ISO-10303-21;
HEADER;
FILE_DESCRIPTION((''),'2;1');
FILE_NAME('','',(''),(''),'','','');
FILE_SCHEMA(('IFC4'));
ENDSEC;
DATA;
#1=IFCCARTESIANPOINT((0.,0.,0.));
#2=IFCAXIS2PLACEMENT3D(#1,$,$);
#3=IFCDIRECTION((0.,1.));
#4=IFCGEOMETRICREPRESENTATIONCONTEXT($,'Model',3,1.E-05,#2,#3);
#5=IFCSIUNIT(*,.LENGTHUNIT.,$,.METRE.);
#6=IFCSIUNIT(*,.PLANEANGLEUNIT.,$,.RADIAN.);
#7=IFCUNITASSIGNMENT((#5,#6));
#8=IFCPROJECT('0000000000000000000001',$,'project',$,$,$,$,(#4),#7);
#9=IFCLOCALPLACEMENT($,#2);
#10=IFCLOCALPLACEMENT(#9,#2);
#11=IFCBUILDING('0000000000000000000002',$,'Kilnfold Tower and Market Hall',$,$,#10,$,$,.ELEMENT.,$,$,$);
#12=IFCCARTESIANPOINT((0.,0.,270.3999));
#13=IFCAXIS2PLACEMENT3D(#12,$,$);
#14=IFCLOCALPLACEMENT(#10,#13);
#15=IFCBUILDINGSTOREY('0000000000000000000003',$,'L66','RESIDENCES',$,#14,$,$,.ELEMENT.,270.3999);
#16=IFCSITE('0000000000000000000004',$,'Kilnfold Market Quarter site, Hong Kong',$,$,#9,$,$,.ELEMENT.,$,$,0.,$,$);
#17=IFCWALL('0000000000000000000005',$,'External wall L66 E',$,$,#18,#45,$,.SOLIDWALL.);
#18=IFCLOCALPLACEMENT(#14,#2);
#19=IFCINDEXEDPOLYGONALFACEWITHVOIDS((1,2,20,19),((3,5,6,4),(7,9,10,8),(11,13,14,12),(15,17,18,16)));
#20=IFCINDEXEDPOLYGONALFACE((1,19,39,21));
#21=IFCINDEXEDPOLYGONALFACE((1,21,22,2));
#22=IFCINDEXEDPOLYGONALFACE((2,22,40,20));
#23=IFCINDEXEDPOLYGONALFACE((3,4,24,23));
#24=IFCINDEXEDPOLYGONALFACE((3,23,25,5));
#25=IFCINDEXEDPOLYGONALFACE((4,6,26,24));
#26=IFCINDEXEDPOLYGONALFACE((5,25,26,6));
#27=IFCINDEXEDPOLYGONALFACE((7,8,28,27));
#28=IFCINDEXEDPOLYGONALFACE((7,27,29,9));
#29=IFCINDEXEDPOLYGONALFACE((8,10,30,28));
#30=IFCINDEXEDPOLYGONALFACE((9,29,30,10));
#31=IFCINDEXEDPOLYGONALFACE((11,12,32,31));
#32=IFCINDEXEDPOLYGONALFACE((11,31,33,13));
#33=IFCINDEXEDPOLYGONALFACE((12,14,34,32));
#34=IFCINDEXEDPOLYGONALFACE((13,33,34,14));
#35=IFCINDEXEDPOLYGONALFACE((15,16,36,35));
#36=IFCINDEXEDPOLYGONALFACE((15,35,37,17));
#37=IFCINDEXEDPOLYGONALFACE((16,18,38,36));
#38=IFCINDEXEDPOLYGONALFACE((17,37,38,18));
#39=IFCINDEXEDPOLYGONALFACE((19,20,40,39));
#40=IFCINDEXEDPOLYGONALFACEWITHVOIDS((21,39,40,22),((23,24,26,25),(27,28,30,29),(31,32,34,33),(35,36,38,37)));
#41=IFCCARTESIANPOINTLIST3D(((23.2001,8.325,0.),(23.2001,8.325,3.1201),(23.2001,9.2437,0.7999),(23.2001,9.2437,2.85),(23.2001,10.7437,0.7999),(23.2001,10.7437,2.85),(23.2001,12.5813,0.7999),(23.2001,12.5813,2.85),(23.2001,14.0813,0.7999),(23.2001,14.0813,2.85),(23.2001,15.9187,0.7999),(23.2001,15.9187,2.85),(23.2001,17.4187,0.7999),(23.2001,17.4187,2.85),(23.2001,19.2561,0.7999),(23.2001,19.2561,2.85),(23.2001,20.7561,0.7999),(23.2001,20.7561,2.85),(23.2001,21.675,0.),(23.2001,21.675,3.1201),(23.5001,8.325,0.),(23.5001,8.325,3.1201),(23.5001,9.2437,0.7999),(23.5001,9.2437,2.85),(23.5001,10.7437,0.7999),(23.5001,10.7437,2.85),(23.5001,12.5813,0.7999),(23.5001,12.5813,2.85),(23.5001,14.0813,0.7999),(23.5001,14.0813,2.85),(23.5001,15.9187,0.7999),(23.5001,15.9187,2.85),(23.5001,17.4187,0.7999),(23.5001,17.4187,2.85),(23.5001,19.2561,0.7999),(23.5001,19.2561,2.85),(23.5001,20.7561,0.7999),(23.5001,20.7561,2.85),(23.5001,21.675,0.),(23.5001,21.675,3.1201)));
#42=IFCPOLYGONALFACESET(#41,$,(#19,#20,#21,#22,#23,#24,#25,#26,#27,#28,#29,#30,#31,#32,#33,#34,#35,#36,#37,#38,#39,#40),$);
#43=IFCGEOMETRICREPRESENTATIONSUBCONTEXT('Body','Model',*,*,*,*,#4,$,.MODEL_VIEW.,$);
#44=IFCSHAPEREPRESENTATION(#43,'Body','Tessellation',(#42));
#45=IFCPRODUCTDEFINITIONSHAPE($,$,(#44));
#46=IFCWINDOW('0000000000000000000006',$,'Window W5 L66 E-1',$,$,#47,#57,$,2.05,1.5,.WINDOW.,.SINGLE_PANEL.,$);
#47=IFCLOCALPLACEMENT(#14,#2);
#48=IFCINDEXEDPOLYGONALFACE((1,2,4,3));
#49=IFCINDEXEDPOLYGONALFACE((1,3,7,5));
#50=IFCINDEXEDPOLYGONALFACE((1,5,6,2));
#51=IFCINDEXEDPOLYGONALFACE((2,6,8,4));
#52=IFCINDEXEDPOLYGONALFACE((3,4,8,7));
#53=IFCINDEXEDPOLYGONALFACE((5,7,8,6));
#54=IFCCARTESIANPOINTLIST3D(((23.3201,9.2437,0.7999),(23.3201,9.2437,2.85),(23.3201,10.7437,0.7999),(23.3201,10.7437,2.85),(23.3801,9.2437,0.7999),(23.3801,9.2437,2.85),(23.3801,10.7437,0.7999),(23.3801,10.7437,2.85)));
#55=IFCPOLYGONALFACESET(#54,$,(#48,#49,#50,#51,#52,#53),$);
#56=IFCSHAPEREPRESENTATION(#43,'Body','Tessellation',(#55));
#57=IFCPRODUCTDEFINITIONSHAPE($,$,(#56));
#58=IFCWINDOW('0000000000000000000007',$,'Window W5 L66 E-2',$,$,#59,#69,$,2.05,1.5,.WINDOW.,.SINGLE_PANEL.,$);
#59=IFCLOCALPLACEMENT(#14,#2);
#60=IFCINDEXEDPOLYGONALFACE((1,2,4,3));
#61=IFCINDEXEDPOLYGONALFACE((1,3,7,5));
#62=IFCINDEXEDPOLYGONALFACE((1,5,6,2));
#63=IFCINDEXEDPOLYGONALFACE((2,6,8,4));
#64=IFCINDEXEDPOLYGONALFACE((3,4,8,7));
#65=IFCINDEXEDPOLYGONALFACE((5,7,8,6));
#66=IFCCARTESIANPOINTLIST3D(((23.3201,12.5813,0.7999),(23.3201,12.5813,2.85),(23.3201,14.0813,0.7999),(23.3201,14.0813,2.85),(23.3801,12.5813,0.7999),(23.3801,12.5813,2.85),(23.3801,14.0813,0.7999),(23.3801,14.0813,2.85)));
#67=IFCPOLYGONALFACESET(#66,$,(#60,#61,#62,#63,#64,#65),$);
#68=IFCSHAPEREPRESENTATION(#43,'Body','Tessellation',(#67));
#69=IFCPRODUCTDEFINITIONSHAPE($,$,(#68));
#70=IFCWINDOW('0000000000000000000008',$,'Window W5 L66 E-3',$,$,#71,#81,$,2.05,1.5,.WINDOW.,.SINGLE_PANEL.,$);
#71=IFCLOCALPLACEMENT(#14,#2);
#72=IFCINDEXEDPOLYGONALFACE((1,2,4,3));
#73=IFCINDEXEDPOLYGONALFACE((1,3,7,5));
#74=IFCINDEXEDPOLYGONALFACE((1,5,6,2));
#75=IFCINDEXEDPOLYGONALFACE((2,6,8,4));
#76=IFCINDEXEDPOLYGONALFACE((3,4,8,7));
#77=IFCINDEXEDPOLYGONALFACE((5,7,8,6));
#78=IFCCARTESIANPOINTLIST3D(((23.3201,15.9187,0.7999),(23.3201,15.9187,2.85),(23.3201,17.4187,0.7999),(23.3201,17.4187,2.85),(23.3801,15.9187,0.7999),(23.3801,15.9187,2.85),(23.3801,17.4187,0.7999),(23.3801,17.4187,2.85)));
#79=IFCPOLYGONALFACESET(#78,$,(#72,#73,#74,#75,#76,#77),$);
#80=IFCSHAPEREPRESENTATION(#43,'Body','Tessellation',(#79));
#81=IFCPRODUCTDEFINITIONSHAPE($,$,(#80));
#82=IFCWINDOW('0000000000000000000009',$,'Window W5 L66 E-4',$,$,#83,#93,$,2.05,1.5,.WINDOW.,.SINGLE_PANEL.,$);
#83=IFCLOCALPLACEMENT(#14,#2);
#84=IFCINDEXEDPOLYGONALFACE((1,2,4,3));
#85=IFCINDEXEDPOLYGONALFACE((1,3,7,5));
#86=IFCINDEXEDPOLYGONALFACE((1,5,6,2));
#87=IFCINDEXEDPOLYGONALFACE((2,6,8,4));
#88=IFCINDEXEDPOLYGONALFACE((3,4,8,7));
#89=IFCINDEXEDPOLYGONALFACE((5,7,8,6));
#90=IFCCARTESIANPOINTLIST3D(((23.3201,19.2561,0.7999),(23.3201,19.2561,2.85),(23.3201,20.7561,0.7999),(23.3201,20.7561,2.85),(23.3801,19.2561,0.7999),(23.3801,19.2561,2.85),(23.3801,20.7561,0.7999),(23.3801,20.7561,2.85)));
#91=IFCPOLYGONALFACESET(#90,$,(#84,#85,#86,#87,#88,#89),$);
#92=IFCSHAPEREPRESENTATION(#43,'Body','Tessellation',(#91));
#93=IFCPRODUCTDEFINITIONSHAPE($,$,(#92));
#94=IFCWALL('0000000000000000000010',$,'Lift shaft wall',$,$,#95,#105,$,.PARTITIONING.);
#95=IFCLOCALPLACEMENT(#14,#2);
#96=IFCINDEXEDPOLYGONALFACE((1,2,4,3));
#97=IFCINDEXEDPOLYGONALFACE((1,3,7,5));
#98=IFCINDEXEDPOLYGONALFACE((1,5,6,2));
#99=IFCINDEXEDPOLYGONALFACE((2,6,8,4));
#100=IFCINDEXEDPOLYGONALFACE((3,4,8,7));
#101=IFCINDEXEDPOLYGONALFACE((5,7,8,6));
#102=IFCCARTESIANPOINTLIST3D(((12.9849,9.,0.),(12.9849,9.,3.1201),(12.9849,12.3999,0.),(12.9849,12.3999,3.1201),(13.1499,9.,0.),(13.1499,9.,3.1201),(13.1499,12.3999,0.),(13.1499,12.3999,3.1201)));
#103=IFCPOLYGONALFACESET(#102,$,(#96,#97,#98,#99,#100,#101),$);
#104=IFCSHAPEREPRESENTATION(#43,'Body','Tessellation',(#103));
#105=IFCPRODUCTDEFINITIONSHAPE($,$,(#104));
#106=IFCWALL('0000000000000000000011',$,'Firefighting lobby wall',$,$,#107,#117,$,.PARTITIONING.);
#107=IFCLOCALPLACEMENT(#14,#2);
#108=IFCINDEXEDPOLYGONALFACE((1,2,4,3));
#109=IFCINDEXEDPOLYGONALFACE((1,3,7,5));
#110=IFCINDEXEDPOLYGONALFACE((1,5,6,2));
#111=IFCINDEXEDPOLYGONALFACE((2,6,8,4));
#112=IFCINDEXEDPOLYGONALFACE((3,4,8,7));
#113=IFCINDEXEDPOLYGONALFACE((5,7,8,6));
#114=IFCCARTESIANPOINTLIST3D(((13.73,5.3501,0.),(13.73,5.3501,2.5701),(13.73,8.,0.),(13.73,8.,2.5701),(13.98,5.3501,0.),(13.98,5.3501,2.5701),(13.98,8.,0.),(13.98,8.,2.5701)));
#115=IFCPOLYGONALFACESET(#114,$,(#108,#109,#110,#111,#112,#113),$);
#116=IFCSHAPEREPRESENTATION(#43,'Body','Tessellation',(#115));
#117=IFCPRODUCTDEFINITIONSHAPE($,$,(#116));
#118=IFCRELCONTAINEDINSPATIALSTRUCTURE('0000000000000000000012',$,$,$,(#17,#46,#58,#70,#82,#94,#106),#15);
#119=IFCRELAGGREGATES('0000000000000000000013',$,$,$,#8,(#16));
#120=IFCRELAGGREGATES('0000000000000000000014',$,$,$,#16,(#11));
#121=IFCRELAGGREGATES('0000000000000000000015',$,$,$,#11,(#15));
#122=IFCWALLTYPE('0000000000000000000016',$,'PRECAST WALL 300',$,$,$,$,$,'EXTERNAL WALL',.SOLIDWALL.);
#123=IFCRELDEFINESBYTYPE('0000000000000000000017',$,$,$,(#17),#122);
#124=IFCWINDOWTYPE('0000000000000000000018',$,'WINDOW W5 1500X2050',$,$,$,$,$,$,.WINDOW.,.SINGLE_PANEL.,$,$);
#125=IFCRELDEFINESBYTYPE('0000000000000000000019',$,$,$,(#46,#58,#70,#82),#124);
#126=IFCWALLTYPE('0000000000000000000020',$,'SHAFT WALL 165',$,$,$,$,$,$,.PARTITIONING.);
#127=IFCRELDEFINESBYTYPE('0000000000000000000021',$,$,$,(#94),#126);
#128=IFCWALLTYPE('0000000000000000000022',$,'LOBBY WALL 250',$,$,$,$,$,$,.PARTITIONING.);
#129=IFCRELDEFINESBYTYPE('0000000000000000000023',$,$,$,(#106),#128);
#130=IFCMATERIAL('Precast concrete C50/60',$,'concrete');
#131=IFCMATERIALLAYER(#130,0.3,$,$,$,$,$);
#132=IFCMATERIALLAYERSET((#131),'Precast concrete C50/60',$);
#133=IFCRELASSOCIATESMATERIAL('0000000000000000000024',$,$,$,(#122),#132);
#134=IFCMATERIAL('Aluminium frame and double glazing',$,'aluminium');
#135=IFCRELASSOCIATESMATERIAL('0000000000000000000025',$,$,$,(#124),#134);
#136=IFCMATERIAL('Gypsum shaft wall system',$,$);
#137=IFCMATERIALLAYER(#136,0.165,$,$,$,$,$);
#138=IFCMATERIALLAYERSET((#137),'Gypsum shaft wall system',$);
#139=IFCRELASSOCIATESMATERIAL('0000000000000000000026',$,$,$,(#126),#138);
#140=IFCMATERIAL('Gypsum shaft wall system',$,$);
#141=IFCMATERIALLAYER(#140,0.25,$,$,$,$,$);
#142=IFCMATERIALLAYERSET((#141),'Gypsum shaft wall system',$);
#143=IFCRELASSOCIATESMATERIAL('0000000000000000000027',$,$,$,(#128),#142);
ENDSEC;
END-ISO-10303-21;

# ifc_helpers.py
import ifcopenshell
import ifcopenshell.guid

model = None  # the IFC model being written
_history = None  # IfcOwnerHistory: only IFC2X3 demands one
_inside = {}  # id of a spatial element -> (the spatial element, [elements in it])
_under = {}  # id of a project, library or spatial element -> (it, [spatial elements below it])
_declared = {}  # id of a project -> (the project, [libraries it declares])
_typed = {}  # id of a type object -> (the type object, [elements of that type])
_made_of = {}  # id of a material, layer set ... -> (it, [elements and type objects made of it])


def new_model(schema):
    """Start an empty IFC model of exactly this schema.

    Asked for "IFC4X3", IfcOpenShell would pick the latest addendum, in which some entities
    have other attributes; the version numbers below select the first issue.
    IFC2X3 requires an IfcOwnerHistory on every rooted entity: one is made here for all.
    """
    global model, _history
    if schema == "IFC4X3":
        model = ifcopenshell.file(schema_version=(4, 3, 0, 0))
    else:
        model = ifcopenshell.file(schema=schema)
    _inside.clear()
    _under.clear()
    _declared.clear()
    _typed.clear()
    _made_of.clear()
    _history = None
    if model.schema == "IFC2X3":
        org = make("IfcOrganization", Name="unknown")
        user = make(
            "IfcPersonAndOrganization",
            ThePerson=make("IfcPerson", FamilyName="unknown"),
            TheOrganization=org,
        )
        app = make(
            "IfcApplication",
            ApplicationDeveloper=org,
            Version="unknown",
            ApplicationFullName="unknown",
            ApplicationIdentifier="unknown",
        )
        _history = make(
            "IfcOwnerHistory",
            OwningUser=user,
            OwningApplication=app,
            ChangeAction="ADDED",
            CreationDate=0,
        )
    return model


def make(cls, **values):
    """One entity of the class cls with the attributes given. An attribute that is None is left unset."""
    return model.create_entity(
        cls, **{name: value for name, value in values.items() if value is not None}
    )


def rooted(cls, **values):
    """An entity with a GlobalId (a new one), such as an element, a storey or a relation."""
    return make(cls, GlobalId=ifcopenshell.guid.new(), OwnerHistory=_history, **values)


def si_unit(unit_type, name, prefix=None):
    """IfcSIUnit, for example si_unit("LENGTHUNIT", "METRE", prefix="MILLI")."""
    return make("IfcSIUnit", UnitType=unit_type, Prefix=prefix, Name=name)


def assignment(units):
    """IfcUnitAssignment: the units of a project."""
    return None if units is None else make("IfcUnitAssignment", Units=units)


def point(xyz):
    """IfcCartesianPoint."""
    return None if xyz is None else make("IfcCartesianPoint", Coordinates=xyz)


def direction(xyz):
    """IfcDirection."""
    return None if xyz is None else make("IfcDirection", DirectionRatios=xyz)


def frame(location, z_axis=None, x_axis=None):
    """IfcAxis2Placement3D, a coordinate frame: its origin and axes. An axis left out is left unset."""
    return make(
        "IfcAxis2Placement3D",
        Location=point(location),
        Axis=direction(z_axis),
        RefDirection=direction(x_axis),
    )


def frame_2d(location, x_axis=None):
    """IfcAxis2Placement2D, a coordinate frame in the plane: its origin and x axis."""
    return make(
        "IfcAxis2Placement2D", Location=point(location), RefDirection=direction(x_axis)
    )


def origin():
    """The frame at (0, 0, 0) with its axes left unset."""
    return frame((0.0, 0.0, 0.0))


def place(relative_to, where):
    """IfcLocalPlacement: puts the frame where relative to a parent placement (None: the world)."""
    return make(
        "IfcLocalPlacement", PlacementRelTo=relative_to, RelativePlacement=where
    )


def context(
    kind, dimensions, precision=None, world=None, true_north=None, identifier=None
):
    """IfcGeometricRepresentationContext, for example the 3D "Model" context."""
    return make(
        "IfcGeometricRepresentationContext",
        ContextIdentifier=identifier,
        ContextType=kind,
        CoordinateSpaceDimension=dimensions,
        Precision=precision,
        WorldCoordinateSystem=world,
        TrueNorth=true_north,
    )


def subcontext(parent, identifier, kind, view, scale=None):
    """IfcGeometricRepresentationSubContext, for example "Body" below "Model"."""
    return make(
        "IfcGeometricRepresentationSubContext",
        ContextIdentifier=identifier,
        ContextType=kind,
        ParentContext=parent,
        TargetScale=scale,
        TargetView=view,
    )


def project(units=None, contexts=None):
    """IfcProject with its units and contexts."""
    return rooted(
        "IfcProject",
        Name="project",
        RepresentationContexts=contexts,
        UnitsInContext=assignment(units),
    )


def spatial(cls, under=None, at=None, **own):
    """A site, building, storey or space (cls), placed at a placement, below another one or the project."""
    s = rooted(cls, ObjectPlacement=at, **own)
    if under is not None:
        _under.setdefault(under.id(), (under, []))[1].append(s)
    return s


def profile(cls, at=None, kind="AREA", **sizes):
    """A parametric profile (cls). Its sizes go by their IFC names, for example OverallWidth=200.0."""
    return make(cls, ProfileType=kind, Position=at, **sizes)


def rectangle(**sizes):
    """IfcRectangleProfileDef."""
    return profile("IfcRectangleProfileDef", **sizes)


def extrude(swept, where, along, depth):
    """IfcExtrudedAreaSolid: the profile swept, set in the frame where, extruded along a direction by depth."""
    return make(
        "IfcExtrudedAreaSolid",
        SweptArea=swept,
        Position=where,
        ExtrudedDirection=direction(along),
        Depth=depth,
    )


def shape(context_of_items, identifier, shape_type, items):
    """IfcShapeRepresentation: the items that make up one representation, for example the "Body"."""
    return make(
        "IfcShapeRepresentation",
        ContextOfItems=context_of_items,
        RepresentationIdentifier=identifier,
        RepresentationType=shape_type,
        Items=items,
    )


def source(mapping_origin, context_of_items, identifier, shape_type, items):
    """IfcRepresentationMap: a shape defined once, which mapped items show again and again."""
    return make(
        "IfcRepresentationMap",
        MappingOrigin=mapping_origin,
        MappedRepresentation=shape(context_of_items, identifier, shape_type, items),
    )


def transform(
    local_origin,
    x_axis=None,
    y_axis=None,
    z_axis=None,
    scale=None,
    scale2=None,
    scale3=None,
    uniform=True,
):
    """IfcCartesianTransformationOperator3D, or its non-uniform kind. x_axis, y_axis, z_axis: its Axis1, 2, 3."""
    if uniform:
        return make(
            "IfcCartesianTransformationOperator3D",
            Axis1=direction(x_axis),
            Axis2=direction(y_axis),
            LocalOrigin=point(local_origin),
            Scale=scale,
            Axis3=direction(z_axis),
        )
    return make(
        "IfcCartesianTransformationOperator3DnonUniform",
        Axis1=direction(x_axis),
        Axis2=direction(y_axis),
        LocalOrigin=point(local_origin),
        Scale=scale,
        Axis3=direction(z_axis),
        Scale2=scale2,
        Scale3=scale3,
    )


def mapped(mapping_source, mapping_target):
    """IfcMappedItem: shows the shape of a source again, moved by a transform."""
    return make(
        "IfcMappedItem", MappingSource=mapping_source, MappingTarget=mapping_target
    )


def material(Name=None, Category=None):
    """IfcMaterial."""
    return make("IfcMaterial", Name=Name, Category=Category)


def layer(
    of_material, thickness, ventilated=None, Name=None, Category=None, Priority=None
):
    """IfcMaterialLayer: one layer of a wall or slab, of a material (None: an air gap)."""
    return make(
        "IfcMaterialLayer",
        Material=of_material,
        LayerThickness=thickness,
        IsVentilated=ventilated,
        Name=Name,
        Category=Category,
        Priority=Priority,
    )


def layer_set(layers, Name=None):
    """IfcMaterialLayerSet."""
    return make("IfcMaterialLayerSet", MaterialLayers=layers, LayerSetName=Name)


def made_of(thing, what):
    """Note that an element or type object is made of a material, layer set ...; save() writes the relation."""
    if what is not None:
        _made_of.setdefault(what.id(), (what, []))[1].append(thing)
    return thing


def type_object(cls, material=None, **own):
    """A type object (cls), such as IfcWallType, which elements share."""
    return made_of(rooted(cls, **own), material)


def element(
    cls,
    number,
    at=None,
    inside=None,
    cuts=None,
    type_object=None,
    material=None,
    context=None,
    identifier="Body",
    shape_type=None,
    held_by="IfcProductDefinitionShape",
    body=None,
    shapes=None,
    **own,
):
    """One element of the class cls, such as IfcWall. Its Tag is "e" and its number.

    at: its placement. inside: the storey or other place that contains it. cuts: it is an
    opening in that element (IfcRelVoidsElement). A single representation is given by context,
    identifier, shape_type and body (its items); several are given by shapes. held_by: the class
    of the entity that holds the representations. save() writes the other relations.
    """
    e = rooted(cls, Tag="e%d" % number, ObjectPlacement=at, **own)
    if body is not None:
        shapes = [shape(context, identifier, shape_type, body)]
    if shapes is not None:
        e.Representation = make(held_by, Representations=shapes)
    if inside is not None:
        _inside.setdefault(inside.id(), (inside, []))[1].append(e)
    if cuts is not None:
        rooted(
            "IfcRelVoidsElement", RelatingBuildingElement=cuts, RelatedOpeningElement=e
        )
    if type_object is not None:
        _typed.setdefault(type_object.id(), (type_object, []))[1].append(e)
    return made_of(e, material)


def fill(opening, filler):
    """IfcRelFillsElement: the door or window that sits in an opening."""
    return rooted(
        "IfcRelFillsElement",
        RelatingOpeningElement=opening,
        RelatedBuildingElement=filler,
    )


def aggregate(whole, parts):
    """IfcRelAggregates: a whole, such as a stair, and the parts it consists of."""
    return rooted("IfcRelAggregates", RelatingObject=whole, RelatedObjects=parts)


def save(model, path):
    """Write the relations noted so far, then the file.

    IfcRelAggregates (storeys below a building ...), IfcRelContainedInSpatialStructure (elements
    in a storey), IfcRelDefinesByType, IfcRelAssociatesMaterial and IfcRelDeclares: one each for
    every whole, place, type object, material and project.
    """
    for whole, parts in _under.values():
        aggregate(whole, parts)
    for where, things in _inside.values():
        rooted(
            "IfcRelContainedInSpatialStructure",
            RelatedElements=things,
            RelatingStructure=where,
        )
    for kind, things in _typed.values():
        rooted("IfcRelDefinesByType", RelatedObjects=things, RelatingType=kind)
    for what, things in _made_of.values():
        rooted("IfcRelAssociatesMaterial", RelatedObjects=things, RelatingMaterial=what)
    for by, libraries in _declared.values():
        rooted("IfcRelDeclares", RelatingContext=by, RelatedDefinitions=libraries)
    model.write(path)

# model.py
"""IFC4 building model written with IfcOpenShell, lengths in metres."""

from ifc_helpers import new_model, si_unit, direction, frame, frame_2d, origin, place, context, subcontext, project, spatial, rectangle, extrude, source, transform, mapped, material, layer, layer_set, type_object, element, fill, save


model = new_model("IFC4")

# Units and contexts
model_context = context("Model", 3, precision=1e-05, world=origin(), true_north=direction((0.0, 1.0)))
body_context = subcontext(model_context, "Body", "Model", "MODEL_VIEW")
ifc_project = project(units=[si_unit("LENGTHUNIT", "METRE"), si_unit("PLANEANGLEUNIT", "RADIAN")], contexts=[model_context])

# Site, building, storey
site_placement = place(None, origin())
site = spatial("IfcSite", under=ifc_project, at=site_placement, Name="Kilnfold Market Quarter site, Hong Kong", CompositionType="ELEMENT", RefElevation=0.0)
building_placement = place(site_placement, origin())
building = spatial("IfcBuilding", under=site, at=building_placement, Name="Kilnfold Tower and Market Hall", CompositionType="ELEMENT")
storey_placement = place(building_placement, frame((0.0, 0.0, 270.3999)))
storey = spatial("IfcBuildingStorey", under=building, at=storey_placement, Name="L66", Description="RESIDENCES", CompositionType="ELEMENT", Elevation=270.3999)

# Wall, openings, windows
ifc_material_1 = material(Name="Precast concrete C50/60", Category="concrete")
ifc_layer_1 = layer(ifc_material_1, 0.3)
ifc_layer_set_1 = layer_set([ifc_layer_1], Name="Precast concrete C50/60")
wall_type_1 = type_object("IfcWallType", Name="PRECAST WALL 300", ElementType="EXTERNAL WALL", PredefinedType="SOLIDWALL", material=ifc_layer_set_1)
shared_shape_1 = source(origin(), body_context, "Body", "SweptSolid", [
    extrude(rectangle(XDim=13.3501, YDim=0.3, at=frame_2d((6.675, 0.0))), origin(), (0.0, 0.0, 1.0), 3.1201),
])
wall_1_placement = place(storey_placement, frame((23.3501, 8.325, 0.0), z_axis=(0.0, 0.0, 1.0), x_axis=(0.0, 1.0, 0.0)))
wall_1 = element("IfcWall", 1, at=wall_1_placement, inside=storey, type_object=wall_type_1, Name="External wall L66 E", PredefinedType="SOLIDWALL", context=body_context, shape_type="MappedRepresentation", body=[
    mapped(shared_shape_1, transform((0.0, 0.0, 0.0))),
])
opening_1_placement = place(wall_1_placement, frame((0.9187, 0.0, 0.8)))
opening_1 = element("IfcOpeningElement", 2, at=opening_1_placement, cuts=wall_1, PredefinedType="OPENING", context=body_context, shape_type="SweptSolid", body=[
    extrude(rectangle(XDim=1.5, YDim=2.05, at=frame_2d((0.75, 1.0249))), frame((0.0, 0.1602, 0.0), z_axis=(0.0, -1.0, 0.0), x_axis=(1.0, 0.0, 0.0)), (0.0, 0.0, 1.0), 0.3201),
])
opening_2_placement = place(wall_1_placement, frame((4.2563, 0.0, 0.8)))
opening_2 = element("IfcOpeningElement", 3, at=opening_2_placement, cuts=wall_1, PredefinedType="OPENING", context=body_context, shape_type="SweptSolid", body=[
    extrude(rectangle(XDim=1.5, YDim=2.05, at=frame_2d((0.75, 1.0249))), frame((0.0, 0.1602, 0.0), z_axis=(0.0, -1.0, 0.0), x_axis=(1.0, 0.0, 0.0)), (0.0, 0.0, 1.0), 0.3201),
])
opening_3_placement = place(wall_1_placement, frame((7.5938, 0.0, 0.8)))
opening_3 = element("IfcOpeningElement", 4, at=opening_3_placement, cuts=wall_1, PredefinedType="OPENING", context=body_context, shape_type="SweptSolid", body=[
    extrude(rectangle(XDim=1.5, YDim=2.05, at=frame_2d((0.75, 1.0249))), frame((0.0, 0.1602, 0.0), z_axis=(0.0, -1.0, 0.0), x_axis=(1.0, 0.0, 0.0)), (0.0, 0.0, 1.0), 0.3201),
])
opening_4_placement = place(wall_1_placement, frame((10.9312, 0.0, 0.8)))
opening_4 = element("IfcOpeningElement", 5, at=opening_4_placement, cuts=wall_1, PredefinedType="OPENING", context=body_context, shape_type="SweptSolid", body=[
    extrude(rectangle(XDim=1.5, YDim=2.05, at=frame_2d((0.75, 1.0249))), frame((0.0, 0.1602, 0.0), z_axis=(0.0, -1.0, 0.0), x_axis=(1.0, 0.0, 0.0)), (0.0, 0.0, 1.0), 0.3201),
])
ifc_material_2 = material(Name="Aluminium frame and double glazing", Category="aluminium")
window_type = type_object("IfcWindowType", Name="WINDOW W5 1500X2050", PartitioningType="SINGLE_PANEL", PredefinedType="WINDOW", material=ifc_material_2)
window_1_placement = place(opening_1_placement, origin())
window_1 = element("IfcWindow", 6, at=window_1_placement, inside=storey, type_object=window_type, Name="Window W5 L66 E-1", OverallHeight=2.05, OverallWidth=1.5, PartitioningType="SINGLE_PANEL", PredefinedType="WINDOW", context=body_context, shape_type="SweptSolid", body=[
    extrude(rectangle(XDim=1.5, YDim=2.05, at=frame_2d((0.75, 1.0249))), frame((0.0, 0.03, 0.0), z_axis=(0.0, -1.0, 0.0), x_axis=(1.0, 0.0, 0.0)), (0.0, 0.0, 1.0), 0.0601),
])
fill(opening_1, window_1)
window_2_placement = place(opening_2_placement, origin())
window_2 = element("IfcWindow", 7, at=window_2_placement, inside=storey, type_object=window_type, Name="Window W5 L66 E-2", OverallHeight=2.05, OverallWidth=1.5, PartitioningType="SINGLE_PANEL", PredefinedType="WINDOW", context=body_context, shape_type="SweptSolid", body=[
    extrude(rectangle(XDim=1.5, YDim=2.05, at=frame_2d((0.75, 1.0249))), frame((0.0, 0.03, 0.0), z_axis=(0.0, -1.0, 0.0), x_axis=(1.0, 0.0, 0.0)), (0.0, 0.0, 1.0), 0.0601),
])
fill(opening_2, window_2)
window_3_placement = place(opening_3_placement, origin())
window_3 = element("IfcWindow", 8, at=window_3_placement, inside=storey, type_object=window_type, Name="Window W5 L66 E-3", OverallHeight=2.05, OverallWidth=1.5, PartitioningType="SINGLE_PANEL", PredefinedType="WINDOW", context=body_context, shape_type="SweptSolid", body=[
    extrude(rectangle(XDim=1.5, YDim=2.05, at=frame_2d((0.75, 1.0249))), frame((0.0, 0.03, 0.0), z_axis=(0.0, -1.0, 0.0), x_axis=(1.0, 0.0, 0.0)), (0.0, 0.0, 1.0), 0.0601),
])
fill(opening_3, window_3)
window_4_placement = place(opening_4_placement, origin())
window_4 = element("IfcWindow", 9, at=window_4_placement, inside=storey, type_object=window_type, Name="Window W5 L66 E-4", OverallHeight=2.05, OverallWidth=1.5, PartitioningType="SINGLE_PANEL", PredefinedType="WINDOW", context=body_context, shape_type="SweptSolid", body=[
    extrude(rectangle(XDim=1.5, YDim=2.05, at=frame_2d((0.75, 1.0249))), frame((0.0, 0.03, 0.0), z_axis=(0.0, -1.0, 0.0), x_axis=(1.0, 0.0, 0.0)), (0.0, 0.0, 1.0), 0.0601),
])
fill(opening_4, window_4)

# Walls
ifc_material_3 = material(Name="Gypsum shaft wall system")
ifc_layer_2 = layer(ifc_material_3, 0.165)
ifc_layer_set_2 = layer_set([ifc_layer_2], Name="Gypsum shaft wall system")
wall_type_2 = type_object("IfcWallType", Name="SHAFT WALL 165", PredefinedType="PARTITIONING", material=ifc_layer_set_2)
shared_shape_2 = source(origin(), body_context, "Body", "SweptSolid", [
    extrude(rectangle(XDim=3.3999, YDim=0.165, at=frame_2d((1.7, 0.0))), origin(), (0.0, 0.0, 1.0), 3.1201),
])
wall_2_placement = place(storey_placement, frame((13.0674, 9.0, 0.0), z_axis=(0.0, 0.0, 1.0), x_axis=(0.0, 1.0, 0.0)))
element("IfcWall", 10, at=wall_2_placement, inside=storey, type_object=wall_type_2, Name="Lift shaft wall", PredefinedType="PARTITIONING", context=body_context, shape_type="MappedRepresentation", body=[
    mapped(shared_shape_2, transform((0.0, 0.0, 0.0))),
])
ifc_material_4 = material(Name="Gypsum shaft wall system")
ifc_layer_3 = layer(ifc_material_4, 0.25)
ifc_layer_set_3 = layer_set([ifc_layer_3], Name="Gypsum shaft wall system")
wall_type_3 = type_object("IfcWallType", Name="LOBBY WALL 250", PredefinedType="PARTITIONING", material=ifc_layer_set_3)
shared_shape_3 = source(origin(), body_context, "Body", "SweptSolid", [
    extrude(rectangle(XDim=2.6499, YDim=0.25, at=frame_2d((1.325, 0.0))), origin(), (0.0, 0.0, 1.0), 2.5701),
])
wall_3_placement = place(storey_placement, frame((13.855, 5.3501, 0.0), z_axis=(0.0, 0.0, 1.0), x_axis=(0.0, 1.0, 0.0)))
element("IfcWall", 11, at=wall_3_placement, inside=storey, type_object=wall_type_3, Name="Firefighting lobby wall", PredefinedType="PARTITIONING", context=body_context, shape_type="MappedRepresentation", body=[
    mapped(shared_shape_3, transform((0.0, 0.0, 0.0))),
])

save(model, "model.ifc")
